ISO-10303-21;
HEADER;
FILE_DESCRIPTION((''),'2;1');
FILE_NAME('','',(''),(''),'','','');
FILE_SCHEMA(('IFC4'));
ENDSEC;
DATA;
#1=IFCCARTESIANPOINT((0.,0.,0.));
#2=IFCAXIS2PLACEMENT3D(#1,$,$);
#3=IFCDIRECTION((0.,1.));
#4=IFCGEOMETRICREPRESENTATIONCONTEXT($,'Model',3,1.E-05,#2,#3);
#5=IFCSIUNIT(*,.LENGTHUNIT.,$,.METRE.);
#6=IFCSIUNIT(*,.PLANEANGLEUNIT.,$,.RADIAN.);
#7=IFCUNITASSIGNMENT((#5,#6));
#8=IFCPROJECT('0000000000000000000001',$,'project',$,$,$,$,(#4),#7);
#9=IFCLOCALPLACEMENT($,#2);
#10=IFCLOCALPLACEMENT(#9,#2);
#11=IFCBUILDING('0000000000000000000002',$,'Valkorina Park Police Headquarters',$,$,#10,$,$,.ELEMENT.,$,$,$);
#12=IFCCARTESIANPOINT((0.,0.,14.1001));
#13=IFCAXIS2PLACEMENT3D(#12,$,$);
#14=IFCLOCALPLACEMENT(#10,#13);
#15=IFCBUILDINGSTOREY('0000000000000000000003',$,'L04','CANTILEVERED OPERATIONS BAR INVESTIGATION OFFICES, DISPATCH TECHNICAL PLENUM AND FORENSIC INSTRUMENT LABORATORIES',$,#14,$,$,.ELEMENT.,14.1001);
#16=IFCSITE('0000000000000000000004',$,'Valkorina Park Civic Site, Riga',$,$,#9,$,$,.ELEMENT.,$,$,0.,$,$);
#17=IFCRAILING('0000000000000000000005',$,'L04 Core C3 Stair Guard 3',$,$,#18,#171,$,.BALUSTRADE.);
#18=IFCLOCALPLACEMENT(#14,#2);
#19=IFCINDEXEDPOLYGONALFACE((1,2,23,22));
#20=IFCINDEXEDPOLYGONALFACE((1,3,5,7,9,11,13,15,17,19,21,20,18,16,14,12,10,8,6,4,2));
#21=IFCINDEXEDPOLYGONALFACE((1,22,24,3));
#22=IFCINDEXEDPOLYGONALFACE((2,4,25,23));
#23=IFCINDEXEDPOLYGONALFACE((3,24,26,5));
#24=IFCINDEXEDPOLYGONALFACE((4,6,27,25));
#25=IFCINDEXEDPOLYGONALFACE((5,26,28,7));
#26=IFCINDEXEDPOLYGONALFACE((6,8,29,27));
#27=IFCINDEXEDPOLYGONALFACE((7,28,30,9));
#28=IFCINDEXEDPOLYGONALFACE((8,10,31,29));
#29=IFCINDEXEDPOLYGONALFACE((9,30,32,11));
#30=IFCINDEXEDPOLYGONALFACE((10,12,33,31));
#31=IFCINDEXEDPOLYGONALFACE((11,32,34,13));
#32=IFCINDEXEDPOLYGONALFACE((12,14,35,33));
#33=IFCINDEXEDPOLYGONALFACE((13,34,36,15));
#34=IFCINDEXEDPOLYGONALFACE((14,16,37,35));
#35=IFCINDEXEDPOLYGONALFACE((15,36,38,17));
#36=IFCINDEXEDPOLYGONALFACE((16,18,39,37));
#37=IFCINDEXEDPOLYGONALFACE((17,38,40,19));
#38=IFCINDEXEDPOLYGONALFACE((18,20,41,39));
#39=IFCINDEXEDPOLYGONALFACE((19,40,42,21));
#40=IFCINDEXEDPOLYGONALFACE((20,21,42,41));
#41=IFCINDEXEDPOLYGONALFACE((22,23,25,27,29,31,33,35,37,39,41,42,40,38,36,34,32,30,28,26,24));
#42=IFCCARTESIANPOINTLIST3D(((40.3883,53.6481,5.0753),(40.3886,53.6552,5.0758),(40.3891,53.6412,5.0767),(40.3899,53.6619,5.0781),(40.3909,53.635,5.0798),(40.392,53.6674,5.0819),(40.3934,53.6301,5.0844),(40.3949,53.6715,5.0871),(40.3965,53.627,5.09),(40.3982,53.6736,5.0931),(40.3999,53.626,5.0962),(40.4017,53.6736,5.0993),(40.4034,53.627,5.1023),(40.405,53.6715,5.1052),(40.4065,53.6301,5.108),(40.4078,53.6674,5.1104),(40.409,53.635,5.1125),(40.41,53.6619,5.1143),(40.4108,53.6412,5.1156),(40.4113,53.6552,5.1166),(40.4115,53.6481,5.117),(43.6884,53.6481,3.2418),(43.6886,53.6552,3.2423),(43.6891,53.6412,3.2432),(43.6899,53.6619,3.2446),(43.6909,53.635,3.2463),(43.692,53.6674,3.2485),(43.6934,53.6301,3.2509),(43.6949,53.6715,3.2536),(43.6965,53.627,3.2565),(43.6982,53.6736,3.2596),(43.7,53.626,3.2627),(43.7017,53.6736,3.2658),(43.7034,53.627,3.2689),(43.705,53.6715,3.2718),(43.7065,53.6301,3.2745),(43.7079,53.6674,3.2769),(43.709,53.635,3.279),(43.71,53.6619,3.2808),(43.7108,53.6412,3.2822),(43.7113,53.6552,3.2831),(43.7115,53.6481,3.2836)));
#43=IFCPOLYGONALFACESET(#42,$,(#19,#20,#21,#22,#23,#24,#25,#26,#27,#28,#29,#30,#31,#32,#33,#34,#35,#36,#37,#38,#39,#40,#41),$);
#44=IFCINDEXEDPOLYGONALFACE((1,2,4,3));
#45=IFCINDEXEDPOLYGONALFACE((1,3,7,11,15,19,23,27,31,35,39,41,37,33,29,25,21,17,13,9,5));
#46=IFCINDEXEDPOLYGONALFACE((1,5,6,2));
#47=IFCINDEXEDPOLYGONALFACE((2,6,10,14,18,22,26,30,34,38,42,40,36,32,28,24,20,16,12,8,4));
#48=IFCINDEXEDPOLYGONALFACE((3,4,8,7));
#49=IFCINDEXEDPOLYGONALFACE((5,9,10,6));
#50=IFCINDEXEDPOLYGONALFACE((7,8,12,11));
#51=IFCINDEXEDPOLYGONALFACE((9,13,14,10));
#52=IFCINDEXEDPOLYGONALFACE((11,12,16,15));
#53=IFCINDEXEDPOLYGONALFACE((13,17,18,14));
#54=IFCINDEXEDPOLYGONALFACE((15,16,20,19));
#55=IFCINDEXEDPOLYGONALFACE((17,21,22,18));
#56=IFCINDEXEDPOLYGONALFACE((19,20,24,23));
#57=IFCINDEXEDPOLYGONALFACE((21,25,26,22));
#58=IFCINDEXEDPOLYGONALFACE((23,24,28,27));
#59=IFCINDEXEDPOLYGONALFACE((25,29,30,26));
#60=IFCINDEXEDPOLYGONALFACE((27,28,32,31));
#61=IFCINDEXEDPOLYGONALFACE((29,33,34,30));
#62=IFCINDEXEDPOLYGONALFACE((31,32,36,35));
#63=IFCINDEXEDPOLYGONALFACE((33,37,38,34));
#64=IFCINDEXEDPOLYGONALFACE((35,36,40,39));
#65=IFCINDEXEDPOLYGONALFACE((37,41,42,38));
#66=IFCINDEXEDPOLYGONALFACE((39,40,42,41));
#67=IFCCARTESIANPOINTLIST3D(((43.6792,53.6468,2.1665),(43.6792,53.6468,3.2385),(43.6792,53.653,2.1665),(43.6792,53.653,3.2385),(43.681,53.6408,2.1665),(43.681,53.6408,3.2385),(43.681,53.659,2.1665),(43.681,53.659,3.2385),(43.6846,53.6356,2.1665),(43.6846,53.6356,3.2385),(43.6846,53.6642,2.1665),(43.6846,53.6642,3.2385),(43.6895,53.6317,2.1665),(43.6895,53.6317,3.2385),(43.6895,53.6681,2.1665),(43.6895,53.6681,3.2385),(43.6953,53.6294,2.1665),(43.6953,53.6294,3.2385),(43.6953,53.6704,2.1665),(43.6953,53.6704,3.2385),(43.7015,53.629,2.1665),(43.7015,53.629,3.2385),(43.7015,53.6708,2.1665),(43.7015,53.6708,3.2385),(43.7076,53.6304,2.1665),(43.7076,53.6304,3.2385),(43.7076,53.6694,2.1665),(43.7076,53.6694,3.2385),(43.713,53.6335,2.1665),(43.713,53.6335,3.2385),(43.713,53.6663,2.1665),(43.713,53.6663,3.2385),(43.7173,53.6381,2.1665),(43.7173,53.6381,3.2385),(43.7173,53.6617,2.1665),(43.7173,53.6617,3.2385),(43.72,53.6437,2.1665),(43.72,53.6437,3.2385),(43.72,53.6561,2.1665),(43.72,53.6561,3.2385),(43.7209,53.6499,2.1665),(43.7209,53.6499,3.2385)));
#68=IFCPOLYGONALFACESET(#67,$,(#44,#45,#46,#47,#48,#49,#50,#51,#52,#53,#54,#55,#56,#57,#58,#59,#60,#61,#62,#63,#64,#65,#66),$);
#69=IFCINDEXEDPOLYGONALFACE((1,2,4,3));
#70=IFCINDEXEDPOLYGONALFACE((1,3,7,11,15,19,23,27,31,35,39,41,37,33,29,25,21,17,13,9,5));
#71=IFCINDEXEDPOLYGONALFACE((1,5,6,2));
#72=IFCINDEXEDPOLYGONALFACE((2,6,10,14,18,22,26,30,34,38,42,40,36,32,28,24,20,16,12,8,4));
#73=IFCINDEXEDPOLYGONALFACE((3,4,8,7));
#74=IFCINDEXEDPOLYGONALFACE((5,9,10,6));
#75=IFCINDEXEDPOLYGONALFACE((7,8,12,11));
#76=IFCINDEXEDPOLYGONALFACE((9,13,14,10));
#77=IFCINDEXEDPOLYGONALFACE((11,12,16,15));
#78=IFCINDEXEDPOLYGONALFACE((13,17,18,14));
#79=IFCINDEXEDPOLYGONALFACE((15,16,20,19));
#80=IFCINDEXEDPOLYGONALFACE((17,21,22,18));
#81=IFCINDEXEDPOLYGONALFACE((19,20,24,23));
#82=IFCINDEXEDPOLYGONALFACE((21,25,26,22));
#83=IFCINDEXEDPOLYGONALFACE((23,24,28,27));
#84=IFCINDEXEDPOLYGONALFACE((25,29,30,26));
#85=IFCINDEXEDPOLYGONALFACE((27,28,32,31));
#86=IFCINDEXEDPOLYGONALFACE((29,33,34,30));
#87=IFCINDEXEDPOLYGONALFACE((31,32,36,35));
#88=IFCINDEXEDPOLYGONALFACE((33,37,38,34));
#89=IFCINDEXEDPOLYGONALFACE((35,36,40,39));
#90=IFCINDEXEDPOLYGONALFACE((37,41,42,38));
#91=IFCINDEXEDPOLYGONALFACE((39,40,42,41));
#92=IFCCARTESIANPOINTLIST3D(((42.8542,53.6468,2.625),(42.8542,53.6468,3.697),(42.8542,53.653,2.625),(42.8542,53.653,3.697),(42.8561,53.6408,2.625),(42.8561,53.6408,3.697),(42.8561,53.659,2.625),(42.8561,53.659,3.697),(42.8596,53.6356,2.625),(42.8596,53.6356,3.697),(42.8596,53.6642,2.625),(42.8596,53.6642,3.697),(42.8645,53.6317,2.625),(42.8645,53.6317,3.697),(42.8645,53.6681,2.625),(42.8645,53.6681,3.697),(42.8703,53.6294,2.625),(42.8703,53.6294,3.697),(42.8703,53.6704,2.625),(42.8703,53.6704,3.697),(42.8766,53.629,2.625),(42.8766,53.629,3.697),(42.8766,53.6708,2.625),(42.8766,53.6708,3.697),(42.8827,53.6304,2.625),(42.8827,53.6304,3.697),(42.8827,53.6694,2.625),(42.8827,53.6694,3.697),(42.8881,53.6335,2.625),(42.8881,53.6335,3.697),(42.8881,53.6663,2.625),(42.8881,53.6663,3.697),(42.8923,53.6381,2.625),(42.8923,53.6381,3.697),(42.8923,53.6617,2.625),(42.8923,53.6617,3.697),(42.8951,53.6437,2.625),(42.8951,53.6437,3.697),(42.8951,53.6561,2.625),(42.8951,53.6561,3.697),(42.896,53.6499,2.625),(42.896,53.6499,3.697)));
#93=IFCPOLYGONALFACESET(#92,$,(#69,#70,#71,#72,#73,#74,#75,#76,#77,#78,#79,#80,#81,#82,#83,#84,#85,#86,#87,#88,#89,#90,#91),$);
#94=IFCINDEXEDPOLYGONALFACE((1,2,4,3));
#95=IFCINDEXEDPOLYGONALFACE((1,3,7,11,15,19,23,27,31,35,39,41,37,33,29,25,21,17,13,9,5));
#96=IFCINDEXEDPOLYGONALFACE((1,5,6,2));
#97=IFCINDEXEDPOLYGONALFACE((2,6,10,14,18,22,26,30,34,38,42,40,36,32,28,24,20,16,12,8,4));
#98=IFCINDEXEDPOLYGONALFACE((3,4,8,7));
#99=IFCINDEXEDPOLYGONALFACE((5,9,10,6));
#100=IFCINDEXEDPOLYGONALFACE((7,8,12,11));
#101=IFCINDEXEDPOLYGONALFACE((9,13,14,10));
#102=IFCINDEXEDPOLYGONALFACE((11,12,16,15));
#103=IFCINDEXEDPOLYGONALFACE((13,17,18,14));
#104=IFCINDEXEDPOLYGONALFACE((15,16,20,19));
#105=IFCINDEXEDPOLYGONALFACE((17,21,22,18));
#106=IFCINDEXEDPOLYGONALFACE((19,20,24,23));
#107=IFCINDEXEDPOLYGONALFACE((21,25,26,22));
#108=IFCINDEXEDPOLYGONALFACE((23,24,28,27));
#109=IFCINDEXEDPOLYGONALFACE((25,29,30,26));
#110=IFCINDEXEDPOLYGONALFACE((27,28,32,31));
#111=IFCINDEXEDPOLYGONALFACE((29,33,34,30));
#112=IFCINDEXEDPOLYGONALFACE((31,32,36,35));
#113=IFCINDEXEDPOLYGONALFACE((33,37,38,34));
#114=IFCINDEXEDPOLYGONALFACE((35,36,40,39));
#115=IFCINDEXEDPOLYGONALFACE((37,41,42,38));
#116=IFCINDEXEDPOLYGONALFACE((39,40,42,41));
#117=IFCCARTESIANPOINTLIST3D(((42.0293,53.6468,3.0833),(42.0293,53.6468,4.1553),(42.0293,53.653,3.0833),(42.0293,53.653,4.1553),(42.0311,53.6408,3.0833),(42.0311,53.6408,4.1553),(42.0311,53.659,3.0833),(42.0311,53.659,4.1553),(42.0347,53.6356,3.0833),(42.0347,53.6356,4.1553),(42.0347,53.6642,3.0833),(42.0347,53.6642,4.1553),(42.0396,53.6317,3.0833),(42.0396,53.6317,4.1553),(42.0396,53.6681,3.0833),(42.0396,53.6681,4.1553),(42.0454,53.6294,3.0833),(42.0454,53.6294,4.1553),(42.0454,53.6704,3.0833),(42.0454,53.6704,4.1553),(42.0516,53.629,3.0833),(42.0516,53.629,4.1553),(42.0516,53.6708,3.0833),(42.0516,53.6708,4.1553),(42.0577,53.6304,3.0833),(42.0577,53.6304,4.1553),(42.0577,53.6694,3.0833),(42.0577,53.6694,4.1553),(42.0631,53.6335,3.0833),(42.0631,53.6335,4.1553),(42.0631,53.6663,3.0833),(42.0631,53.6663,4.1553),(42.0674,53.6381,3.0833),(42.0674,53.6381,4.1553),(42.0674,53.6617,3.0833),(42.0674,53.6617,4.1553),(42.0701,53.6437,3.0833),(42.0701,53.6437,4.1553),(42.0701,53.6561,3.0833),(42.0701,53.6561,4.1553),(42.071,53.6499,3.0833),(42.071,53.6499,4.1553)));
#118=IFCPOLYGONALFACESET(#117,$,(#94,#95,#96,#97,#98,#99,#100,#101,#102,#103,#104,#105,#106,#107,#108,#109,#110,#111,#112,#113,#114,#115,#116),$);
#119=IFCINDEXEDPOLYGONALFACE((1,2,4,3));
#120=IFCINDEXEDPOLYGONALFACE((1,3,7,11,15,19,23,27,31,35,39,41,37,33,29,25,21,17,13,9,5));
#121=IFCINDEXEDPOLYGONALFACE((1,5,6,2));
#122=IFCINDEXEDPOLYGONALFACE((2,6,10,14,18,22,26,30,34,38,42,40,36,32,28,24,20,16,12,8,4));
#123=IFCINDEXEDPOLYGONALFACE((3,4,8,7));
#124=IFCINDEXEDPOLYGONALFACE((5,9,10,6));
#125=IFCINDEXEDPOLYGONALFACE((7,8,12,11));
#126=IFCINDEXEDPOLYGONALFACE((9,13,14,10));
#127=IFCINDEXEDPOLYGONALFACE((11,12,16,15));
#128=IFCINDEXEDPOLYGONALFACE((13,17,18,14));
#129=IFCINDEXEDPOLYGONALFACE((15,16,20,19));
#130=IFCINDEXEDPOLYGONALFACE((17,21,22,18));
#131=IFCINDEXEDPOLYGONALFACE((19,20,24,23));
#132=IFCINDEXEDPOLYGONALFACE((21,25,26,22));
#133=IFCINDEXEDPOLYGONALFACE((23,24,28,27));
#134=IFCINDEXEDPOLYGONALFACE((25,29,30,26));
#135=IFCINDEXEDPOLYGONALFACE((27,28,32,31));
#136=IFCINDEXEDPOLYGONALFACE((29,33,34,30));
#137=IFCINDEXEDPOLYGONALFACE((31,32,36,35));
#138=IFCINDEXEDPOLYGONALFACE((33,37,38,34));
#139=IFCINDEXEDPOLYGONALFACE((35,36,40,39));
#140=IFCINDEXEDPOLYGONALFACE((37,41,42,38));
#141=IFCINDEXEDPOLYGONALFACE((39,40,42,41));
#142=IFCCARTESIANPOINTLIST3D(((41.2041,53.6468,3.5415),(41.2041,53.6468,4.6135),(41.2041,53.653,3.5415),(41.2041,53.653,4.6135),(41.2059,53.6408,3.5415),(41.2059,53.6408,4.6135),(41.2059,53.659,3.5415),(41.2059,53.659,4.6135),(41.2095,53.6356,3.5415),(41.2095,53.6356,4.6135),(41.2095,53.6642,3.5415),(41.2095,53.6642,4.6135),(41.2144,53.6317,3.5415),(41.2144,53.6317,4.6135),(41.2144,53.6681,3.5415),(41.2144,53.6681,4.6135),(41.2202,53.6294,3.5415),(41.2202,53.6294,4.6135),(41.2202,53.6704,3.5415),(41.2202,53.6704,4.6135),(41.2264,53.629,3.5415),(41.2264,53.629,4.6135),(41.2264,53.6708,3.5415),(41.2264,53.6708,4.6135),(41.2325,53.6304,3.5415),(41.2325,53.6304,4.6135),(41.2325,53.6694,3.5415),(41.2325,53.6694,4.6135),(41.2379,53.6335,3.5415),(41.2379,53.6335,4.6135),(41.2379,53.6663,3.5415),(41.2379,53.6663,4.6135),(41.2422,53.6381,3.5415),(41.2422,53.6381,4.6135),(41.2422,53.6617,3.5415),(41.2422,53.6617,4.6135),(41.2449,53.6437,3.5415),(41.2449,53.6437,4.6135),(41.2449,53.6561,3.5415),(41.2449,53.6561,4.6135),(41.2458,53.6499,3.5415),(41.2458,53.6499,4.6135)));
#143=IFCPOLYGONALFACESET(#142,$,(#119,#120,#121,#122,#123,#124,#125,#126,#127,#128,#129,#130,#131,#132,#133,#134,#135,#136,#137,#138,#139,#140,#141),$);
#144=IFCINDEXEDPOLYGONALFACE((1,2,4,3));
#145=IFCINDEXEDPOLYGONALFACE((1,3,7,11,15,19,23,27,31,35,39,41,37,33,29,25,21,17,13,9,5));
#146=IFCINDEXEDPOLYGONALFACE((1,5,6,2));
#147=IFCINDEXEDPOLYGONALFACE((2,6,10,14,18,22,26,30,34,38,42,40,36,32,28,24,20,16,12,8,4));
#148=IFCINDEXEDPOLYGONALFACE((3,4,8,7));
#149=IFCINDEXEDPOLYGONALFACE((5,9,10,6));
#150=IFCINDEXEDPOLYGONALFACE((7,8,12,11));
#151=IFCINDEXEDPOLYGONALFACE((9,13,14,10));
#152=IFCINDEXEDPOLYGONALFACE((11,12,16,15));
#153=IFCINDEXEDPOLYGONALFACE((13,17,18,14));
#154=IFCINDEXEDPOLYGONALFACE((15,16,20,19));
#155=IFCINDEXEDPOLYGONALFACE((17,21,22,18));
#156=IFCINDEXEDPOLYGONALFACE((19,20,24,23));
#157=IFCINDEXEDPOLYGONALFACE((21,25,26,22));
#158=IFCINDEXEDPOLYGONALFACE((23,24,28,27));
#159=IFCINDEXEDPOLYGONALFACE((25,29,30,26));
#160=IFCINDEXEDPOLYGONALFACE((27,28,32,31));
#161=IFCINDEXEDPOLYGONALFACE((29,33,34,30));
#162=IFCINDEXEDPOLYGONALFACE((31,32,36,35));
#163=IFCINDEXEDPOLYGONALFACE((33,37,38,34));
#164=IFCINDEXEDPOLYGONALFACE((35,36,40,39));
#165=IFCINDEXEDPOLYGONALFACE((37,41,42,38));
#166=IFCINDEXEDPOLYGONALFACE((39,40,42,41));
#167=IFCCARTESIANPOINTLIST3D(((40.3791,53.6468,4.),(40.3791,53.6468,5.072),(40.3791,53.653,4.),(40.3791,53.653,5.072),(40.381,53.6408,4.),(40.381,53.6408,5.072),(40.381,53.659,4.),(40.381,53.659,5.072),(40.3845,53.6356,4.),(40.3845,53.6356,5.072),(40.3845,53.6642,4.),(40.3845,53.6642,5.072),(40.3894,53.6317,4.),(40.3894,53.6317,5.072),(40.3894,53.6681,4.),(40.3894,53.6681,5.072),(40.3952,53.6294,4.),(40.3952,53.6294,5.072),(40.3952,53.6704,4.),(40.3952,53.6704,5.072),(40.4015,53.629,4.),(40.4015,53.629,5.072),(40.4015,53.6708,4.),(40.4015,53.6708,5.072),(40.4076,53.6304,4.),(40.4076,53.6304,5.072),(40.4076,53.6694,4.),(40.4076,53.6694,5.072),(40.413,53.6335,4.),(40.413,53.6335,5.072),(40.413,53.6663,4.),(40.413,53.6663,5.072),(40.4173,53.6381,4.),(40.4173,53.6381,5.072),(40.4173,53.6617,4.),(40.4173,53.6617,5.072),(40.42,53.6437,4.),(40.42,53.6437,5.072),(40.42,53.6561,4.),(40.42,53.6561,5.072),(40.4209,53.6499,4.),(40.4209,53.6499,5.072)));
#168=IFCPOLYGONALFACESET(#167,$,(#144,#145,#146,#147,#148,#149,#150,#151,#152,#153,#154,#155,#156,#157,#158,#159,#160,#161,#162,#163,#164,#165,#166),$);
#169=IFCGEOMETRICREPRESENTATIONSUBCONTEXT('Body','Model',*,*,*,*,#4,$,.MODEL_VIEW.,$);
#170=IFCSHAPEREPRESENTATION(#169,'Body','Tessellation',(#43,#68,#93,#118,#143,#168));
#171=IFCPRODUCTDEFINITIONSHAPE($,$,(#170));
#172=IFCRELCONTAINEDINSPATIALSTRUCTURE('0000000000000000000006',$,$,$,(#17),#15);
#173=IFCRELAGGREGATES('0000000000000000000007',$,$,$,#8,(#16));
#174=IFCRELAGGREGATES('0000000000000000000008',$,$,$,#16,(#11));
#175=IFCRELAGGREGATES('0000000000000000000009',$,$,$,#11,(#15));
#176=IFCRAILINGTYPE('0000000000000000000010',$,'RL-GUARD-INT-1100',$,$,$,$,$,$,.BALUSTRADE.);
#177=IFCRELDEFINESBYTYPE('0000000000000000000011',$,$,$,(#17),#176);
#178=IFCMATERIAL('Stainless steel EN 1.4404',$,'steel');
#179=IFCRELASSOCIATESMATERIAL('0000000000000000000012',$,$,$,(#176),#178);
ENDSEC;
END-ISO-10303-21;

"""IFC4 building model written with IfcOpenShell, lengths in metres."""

from ifc_helpers import new_model, si_unit, direction, frame, origin, origin_2d, place, context, subcontext, project, spatial, circle, extrude, material, type_object, element, save


model = new_model("IFC4")

# Units and contexts
model_context = context("Model", 3, precision=1e-05, world=origin(), true_north=direction((0.0, 1.0)))
body_context = subcontext(model_context, "Body", "Model", "MODEL_VIEW")
ifc_project = project(units=[si_unit("LENGTHUNIT", "METRE"), si_unit("PLANEANGLEUNIT", "RADIAN")], contexts=[model_context])

# Site, building, storey
site_placement = place(None, origin())
site = spatial("IfcSite", under=ifc_project, at=site_placement, Name="Valkorina Park Civic Site, Riga", CompositionType="ELEMENT", RefElevation=0.0)
building_placement = place(site_placement, origin())
building = spatial("IfcBuilding", under=site, at=building_placement, Name="Valkorina Park Police Headquarters", CompositionType="ELEMENT")
storey_placement = place(building_placement, frame((0.0, 0.0, 14.1001)))
storey = spatial("IfcBuildingStorey", under=building, at=storey_placement, Name="L04", Description="CANTILEVERED OPERATIONS BAR INVESTIGATION OFFICES, DISPATCH TECHNICAL PLENUM AND FORENSIC INSTRUMENT LABORATORIES", CompositionType="ELEMENT", Elevation=14.1001)

# Shared definitions
ifc_material_1 = material(Name="Stainless steel EN 1.4404", Category="steel")

# Railing
railing_type_1 = type_object("IfcRailingType", Name="RL-GUARD-INT-1100", PredefinedType="BALUSTRADE", material=ifc_material_1)
railing_1_placement = place(storey_placement, frame((43.7, 53.6499, 2.1665)))
element("IfcRailing", 1, at=railing_1_placement, inside=storey, type_object=railing_type_1, Name="L04 Core C3 Stair Guard 3", PredefinedType="BALUSTRADE", context=body_context, shape_type="SweptSolid", body=[
    extrude(circle(Radius=0.0239, at=origin_2d()), frame((0.0, 0.0, 1.0962), z_axis=(-0.874142, 0.0, 0.48567), x_axis=(0.0, -1.0, 0.0)), (0.0, 0.0, 1.0), 3.7751),
    extrude(circle(Radius=0.021, at=origin_2d()), origin(), (0.0, 0.0, 1.0), 1.072),
    extrude(circle(Radius=0.021, at=origin_2d()), frame((-0.825, 0.0, 0.4585)), (0.0, 0.0, 1.0), 1.072),
    extrude(circle(Radius=0.021, at=origin_2d()), frame((-1.6499, 0.0, 0.9167)), (0.0, 0.0, 1.0), 1.072),
    extrude(circle(Radius=0.021, at=origin_2d()), frame((-2.4751, 0.0, 1.375)), (0.0, 0.0, 1.0), 1.072),
    extrude(circle(Radius=0.021, at=origin_2d()), frame((-3.3, 0.0, 1.8335)), (0.0, 0.0, 1.0), 1.072),
])

save(model, "model.ifc")
